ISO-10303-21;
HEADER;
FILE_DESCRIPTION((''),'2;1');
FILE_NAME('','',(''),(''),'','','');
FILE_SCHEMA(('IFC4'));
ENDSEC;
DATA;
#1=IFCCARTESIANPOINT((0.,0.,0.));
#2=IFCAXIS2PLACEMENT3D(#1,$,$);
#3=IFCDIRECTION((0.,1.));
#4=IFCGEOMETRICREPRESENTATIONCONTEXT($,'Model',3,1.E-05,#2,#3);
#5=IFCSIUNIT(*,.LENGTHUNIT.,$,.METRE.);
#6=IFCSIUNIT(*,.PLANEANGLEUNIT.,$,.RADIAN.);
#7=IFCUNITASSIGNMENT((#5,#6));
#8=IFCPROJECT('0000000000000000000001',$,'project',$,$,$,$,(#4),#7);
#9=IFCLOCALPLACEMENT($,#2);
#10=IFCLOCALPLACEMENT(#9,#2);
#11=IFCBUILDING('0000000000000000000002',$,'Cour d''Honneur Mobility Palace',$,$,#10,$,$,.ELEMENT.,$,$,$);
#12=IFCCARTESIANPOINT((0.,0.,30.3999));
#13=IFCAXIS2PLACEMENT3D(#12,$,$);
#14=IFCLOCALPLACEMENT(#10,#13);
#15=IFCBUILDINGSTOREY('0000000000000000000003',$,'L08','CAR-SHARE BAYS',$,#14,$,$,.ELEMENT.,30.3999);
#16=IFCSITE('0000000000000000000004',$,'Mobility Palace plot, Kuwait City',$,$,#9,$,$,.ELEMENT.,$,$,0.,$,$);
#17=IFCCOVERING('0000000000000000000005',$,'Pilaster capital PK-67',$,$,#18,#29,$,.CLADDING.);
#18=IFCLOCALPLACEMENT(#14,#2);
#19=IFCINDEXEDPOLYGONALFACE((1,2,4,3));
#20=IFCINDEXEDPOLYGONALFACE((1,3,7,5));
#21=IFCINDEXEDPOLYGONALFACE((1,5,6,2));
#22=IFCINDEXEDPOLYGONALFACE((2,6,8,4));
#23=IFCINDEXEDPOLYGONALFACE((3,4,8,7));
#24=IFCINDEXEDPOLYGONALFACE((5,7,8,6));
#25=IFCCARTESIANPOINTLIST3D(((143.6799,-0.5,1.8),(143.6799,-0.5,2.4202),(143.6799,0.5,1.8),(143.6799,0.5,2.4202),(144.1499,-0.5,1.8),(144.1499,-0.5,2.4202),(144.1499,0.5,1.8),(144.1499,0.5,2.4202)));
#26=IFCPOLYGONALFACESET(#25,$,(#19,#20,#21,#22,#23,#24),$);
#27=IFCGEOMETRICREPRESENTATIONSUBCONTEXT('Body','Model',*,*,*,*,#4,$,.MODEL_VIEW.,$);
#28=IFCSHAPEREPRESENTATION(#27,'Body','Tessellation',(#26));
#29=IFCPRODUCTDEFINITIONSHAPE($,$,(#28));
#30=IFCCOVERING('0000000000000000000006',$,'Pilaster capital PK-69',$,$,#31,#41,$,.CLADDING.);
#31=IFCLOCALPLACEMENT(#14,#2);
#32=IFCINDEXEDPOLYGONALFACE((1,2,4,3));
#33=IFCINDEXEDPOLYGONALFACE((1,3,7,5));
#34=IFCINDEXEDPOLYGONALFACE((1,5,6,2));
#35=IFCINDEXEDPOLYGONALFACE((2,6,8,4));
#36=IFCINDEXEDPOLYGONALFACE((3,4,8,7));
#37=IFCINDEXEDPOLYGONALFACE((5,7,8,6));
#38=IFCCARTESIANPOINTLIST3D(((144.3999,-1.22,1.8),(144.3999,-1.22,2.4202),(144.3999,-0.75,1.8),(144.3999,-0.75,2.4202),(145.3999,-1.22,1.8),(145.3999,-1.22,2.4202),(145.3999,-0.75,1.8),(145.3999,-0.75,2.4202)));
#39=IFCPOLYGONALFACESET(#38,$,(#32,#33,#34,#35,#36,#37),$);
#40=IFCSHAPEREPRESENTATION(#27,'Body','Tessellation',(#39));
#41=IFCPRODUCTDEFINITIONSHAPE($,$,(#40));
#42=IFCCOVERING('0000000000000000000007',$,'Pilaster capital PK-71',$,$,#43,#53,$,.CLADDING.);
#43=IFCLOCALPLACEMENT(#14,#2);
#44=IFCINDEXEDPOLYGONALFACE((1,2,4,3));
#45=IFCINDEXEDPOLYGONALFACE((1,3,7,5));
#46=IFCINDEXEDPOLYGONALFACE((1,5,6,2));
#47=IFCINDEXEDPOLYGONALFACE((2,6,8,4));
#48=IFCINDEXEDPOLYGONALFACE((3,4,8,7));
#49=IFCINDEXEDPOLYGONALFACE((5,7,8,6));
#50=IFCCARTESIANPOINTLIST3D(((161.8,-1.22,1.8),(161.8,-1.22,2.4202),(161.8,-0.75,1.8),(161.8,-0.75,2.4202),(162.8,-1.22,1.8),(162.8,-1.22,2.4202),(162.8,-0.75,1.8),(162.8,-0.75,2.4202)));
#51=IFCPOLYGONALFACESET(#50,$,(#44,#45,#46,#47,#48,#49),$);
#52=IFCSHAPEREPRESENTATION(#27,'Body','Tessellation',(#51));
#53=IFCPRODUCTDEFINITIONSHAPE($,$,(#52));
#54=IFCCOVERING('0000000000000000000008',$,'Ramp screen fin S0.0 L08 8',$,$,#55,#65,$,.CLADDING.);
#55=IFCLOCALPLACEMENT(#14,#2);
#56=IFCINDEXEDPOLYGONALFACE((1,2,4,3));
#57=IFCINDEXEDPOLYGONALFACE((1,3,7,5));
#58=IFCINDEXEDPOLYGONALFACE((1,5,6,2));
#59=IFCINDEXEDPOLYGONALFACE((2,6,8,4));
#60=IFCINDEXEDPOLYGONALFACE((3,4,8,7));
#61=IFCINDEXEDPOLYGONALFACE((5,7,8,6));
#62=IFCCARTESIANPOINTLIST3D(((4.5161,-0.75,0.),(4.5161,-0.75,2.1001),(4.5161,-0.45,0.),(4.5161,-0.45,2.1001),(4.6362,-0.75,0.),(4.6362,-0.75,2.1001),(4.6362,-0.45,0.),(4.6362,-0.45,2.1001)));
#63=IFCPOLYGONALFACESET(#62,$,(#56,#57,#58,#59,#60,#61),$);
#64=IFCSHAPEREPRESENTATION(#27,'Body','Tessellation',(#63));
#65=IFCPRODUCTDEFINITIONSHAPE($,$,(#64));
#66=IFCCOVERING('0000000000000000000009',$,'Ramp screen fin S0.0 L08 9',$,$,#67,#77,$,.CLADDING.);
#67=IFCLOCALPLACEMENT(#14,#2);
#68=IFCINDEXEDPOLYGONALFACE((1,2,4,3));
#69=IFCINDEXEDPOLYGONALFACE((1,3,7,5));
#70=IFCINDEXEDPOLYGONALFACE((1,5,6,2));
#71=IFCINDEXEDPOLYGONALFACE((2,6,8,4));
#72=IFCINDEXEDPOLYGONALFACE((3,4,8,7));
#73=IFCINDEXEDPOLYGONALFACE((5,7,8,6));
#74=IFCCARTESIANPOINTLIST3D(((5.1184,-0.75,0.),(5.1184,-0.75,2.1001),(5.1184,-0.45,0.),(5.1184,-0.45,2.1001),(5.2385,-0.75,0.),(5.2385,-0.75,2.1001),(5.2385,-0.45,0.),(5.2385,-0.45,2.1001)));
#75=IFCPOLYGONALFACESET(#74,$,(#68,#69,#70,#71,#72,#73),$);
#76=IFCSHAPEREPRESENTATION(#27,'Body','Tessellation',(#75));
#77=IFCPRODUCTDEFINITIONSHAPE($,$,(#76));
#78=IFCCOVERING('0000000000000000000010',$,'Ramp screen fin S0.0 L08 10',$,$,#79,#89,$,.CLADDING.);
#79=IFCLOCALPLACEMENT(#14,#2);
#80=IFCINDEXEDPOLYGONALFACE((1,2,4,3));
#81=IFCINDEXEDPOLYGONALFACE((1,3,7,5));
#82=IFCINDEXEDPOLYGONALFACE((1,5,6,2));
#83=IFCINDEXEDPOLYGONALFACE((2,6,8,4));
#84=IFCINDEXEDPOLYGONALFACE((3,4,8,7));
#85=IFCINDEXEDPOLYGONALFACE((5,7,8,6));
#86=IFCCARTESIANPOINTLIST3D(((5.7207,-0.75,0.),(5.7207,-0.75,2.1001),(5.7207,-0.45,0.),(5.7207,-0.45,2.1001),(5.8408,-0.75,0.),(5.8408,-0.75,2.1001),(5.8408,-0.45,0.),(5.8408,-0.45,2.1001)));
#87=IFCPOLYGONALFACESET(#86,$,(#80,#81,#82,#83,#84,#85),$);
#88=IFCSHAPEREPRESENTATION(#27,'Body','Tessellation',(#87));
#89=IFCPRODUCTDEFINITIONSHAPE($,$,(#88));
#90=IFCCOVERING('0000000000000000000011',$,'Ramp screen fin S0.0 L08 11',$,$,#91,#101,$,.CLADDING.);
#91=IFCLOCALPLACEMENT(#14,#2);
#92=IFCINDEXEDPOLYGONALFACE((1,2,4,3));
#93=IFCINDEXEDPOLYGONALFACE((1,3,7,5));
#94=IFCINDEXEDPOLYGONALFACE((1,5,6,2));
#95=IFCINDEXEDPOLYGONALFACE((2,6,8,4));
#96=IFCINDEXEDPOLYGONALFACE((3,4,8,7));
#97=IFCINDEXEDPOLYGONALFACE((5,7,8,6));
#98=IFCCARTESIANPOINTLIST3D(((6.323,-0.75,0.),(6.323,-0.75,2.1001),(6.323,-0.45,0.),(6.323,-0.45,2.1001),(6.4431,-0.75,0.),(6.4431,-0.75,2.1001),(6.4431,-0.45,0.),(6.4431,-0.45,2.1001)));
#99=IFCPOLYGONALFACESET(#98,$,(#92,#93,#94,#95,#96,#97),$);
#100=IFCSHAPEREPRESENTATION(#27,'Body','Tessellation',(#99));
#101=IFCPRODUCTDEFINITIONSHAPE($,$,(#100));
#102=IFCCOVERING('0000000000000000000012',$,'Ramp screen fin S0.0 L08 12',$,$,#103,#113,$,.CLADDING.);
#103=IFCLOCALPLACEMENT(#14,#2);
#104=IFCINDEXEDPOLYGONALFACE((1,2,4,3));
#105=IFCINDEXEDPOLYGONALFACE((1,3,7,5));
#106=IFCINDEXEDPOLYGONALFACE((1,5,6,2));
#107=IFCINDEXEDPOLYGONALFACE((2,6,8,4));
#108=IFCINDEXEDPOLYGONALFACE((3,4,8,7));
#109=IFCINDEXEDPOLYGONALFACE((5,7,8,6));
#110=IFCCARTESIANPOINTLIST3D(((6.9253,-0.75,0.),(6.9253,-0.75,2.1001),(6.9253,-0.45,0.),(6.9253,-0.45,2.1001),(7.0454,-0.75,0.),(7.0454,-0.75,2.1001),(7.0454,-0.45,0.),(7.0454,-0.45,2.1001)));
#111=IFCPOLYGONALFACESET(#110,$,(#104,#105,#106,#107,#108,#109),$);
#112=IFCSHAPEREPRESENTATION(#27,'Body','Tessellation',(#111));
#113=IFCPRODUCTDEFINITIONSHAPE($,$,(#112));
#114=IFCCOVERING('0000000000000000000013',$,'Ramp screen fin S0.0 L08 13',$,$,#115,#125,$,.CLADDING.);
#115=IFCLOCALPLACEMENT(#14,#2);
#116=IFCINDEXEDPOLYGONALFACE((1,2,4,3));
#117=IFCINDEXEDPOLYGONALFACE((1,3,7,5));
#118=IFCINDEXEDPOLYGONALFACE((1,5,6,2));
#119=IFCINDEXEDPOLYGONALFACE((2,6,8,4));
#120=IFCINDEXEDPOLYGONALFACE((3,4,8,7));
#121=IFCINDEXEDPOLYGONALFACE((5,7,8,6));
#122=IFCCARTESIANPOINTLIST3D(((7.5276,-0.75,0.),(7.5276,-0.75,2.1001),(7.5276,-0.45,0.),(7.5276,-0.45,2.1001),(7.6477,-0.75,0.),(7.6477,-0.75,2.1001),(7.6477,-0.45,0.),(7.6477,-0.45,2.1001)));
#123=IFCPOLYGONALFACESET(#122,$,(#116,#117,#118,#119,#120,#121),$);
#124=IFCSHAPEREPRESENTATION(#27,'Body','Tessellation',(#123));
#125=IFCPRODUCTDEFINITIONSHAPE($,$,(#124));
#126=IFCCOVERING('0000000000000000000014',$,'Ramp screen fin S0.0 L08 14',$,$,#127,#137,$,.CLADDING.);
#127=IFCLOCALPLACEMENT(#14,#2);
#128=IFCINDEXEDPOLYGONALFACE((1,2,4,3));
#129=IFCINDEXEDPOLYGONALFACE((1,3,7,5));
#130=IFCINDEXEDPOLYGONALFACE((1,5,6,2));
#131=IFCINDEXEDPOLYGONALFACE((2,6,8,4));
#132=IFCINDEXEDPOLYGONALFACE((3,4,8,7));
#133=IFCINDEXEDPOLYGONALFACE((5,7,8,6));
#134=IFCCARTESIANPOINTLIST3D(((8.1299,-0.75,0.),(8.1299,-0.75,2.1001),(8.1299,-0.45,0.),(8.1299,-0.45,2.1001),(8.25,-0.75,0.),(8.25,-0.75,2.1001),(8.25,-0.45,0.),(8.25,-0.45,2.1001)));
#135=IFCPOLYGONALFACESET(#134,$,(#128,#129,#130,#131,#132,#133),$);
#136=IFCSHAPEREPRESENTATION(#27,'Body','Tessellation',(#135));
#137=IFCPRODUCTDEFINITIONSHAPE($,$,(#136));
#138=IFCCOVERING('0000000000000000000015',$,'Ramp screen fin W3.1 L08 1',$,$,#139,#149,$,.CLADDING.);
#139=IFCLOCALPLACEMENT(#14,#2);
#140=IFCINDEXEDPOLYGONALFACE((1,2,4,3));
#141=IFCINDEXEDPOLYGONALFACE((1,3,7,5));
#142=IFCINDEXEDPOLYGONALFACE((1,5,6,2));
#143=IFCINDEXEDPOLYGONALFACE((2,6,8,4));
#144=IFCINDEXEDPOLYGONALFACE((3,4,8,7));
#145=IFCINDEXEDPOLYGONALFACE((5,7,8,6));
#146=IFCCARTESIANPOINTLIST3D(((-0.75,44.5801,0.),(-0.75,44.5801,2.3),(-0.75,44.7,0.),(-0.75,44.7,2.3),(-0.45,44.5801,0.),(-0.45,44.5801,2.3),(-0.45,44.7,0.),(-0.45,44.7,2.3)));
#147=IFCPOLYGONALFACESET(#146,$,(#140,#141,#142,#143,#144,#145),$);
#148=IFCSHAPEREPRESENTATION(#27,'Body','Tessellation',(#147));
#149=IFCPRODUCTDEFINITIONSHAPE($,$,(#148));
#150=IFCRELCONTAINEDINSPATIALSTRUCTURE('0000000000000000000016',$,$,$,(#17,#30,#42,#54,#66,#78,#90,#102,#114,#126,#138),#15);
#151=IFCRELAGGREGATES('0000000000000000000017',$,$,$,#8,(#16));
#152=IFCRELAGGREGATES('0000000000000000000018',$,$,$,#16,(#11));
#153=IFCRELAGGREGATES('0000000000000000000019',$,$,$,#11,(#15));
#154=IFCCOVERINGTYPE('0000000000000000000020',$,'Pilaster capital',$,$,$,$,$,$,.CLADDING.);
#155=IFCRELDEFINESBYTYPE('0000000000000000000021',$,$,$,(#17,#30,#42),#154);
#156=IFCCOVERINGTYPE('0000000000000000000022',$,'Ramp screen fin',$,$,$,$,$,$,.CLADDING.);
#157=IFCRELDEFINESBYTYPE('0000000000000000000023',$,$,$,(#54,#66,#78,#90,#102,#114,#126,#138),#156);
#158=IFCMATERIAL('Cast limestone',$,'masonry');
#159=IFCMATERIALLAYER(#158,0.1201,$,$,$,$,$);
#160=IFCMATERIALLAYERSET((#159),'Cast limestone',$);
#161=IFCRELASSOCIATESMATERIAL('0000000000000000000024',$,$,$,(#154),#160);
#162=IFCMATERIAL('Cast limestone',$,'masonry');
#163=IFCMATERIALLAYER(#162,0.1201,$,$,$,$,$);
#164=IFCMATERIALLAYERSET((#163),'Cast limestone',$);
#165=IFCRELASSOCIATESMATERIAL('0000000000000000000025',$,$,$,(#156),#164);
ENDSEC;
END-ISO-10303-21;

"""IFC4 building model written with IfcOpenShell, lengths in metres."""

from ifc_helpers import new_model, si_unit, direction, frame, origin, place, context, subcontext, project, spatial, polyline, outline, extrude, material, layer, layer_set, type_object, element, save


model = new_model("IFC4")

# Units and contexts
model_context = context("Model", 3, precision=1e-05, world=origin(), true_north=direction((0.0, 1.0)))
body_context = subcontext(model_context, "Body", "Model", "MODEL_VIEW")
ifc_project = project(units=[si_unit("LENGTHUNIT", "METRE"), si_unit("PLANEANGLEUNIT", "RADIAN")], contexts=[model_context])

# Site, building, storey
site_placement = place(None, origin())
site = spatial("IfcSite", under=ifc_project, at=site_placement, Name="Mobility Palace plot, Kuwait City", CompositionType="ELEMENT", RefElevation=0.0)
building_placement = place(site_placement, origin())
building = spatial("IfcBuilding", under=site, at=building_placement, Name="Cour d'Honneur Mobility Palace", CompositionType="ELEMENT")
storey_placement = place(building_placement, frame((0.0, 0.0, 30.3999)))
storey = spatial("IfcBuildingStorey", under=building, at=storey_placement, Name="L08", Description="CAR-SHARE BAYS", CompositionType="ELEMENT", Elevation=30.3999)

# Coverings
ifc_material_1 = material(Name="Cast limestone", Category="masonry")
ifc_layer_1 = layer(ifc_material_1, 0.1201)
ifc_layer_set_1 = layer_set([ifc_layer_1], Name="Cast limestone")
covering_type_1 = type_object("IfcCoveringType", Name="Pilaster capital", PredefinedType="CLADDING", material=ifc_layer_set_1)
covering_1_placement = place(storey_placement, frame((0.0, 0.0, 1.8)))
element("IfcCovering", 1, at=covering_1_placement, inside=storey, type_object=covering_type_1, Name="Pilaster capital PK-67", PredefinedType="CLADDING", context=body_context, shape_type="SweptSolid", body=[
    extrude(outline(polyline([(144.1499, 0.5), (144.1499, -0.5), (143.6799, -0.5), (143.6799, 0.5), (144.1499, 0.5)])), origin(), (0.0, 0.0, 1.0), 0.6201),
])
covering_2_placement = place(storey_placement, frame((0.0, 0.0, 1.8)))
element("IfcCovering", 2, at=covering_2_placement, inside=storey, type_object=covering_type_1, Name="Pilaster capital PK-69", PredefinedType="CLADDING", context=body_context, shape_type="SweptSolid", body=[
    extrude(outline(polyline([(144.3999, -0.75), (145.3999, -0.75), (145.3999, -1.22), (144.3999, -1.22), (144.3999, -0.75)])), origin(), (0.0, 0.0, 1.0), 0.6201),
])
covering_3_placement = place(storey_placement, frame((0.0, 0.0, 1.8)))
element("IfcCovering", 3, at=covering_3_placement, inside=storey, type_object=covering_type_1, Name="Pilaster capital PK-71", PredefinedType="CLADDING", context=body_context, shape_type="SweptSolid", body=[
    extrude(outline(polyline([(161.8, -0.75), (162.8, -0.75), (162.8, -1.22), (161.8, -1.22), (161.8, -0.75)])), origin(), (0.0, 0.0, 1.0), 0.6201),
])
ifc_material_2 = material(Name="Cast limestone", Category="masonry")
ifc_layer_2 = layer(ifc_material_2, 0.1201)
ifc_layer_set_2 = layer_set([ifc_layer_2], Name="Cast limestone")
covering_type_2 = type_object("IfcCoveringType", Name="Ramp screen fin", PredefinedType="CLADDING", material=ifc_layer_set_2)
covering_4_placement = place(storey_placement, origin())
element("IfcCovering", 4, at=covering_4_placement, inside=storey, type_object=covering_type_2, Name="Ramp screen fin S0.0 L08 8", PredefinedType="CLADDING", context=body_context, shape_type="SweptSolid", body=[
    extrude(outline(polyline([(4.5161, -0.45), (4.6362, -0.45), (4.6362, -0.75), (4.5161, -0.75), (4.5161, -0.45)])), origin(), (0.0, 0.0, 1.0), 2.1001),
])
covering_5_placement = place(storey_placement, origin())
element("IfcCovering", 5, at=covering_5_placement, inside=storey, type_object=covering_type_2, Name="Ramp screen fin S0.0 L08 9", PredefinedType="CLADDING", context=body_context, shape_type="SweptSolid", body=[
    extrude(outline(polyline([(5.1184, -0.45), (5.2385, -0.45), (5.2385, -0.75), (5.1184, -0.75), (5.1184, -0.45)])), origin(), (0.0, 0.0, 1.0), 2.1001),
])
covering_6_placement = place(storey_placement, origin())
element("IfcCovering", 6, at=covering_6_placement, inside=storey, type_object=covering_type_2, Name="Ramp screen fin S0.0 L08 10", PredefinedType="CLADDING", context=body_context, shape_type="SweptSolid", body=[
    extrude(outline(polyline([(5.7207, -0.45), (5.8408, -0.45), (5.8408, -0.75), (5.7207, -0.75), (5.7207, -0.45)])), origin(), (0.0, 0.0, 1.0), 2.1001),
])
covering_7_placement = place(storey_placement, origin())
element("IfcCovering", 7, at=covering_7_placement, inside=storey, type_object=covering_type_2, Name="Ramp screen fin S0.0 L08 11", PredefinedType="CLADDING", context=body_context, shape_type="SweptSolid", body=[
    extrude(outline(polyline([(6.323, -0.45), (6.4431, -0.45), (6.4431, -0.75), (6.323, -0.75), (6.323, -0.45)])), origin(), (0.0, 0.0, 1.0), 2.1001),
])
covering_8_placement = place(storey_placement, origin())
element("IfcCovering", 8, at=covering_8_placement, inside=storey, type_object=covering_type_2, Name="Ramp screen fin S0.0 L08 12", PredefinedType="CLADDING", context=body_context, shape_type="SweptSolid", body=[
    extrude(outline(polyline([(6.9253, -0.45), (7.0454, -0.45), (7.0454, -0.75), (6.9253, -0.75), (6.9253, -0.45)])), origin(), (0.0, 0.0, 1.0), 2.1001),
])
covering_9_placement = place(storey_placement, origin())
element("IfcCovering", 9, at=covering_9_placement, inside=storey, type_object=covering_type_2, Name="Ramp screen fin S0.0 L08 13", PredefinedType="CLADDING", context=body_context, shape_type="SweptSolid", body=[
    extrude(outline(polyline([(7.5276, -0.45), (7.6477, -0.45), (7.6477, -0.75), (7.5276, -0.75), (7.5276, -0.45)])), origin(), (0.0, 0.0, 1.0), 2.1001),
])
covering_10_placement = place(storey_placement, origin())
element("IfcCovering", 10, at=covering_10_placement, inside=storey, type_object=covering_type_2, Name="Ramp screen fin S0.0 L08 14", PredefinedType="CLADDING", context=body_context, shape_type="SweptSolid", body=[
    extrude(outline(polyline([(8.1299, -0.45), (8.25, -0.45), (8.25, -0.75), (8.1299, -0.75), (8.1299, -0.45)])), origin(), (0.0, 0.0, 1.0), 2.1001),
])
covering_11_placement = place(storey_placement, origin())
element("IfcCovering", 11, at=covering_11_placement, inside=storey, type_object=covering_type_2, Name="Ramp screen fin W3.1 L08 1", PredefinedType="CLADDING", context=body_context, shape_type="SweptSolid", body=[
    extrude(outline(polyline([(-0.45, 44.7), (-0.45, 44.5801), (-0.75, 44.5801), (-0.75, 44.7), (-0.45, 44.7)])), origin(), (0.0, 0.0, 1.0), 2.3),
])

save(model, "model.ifc")
